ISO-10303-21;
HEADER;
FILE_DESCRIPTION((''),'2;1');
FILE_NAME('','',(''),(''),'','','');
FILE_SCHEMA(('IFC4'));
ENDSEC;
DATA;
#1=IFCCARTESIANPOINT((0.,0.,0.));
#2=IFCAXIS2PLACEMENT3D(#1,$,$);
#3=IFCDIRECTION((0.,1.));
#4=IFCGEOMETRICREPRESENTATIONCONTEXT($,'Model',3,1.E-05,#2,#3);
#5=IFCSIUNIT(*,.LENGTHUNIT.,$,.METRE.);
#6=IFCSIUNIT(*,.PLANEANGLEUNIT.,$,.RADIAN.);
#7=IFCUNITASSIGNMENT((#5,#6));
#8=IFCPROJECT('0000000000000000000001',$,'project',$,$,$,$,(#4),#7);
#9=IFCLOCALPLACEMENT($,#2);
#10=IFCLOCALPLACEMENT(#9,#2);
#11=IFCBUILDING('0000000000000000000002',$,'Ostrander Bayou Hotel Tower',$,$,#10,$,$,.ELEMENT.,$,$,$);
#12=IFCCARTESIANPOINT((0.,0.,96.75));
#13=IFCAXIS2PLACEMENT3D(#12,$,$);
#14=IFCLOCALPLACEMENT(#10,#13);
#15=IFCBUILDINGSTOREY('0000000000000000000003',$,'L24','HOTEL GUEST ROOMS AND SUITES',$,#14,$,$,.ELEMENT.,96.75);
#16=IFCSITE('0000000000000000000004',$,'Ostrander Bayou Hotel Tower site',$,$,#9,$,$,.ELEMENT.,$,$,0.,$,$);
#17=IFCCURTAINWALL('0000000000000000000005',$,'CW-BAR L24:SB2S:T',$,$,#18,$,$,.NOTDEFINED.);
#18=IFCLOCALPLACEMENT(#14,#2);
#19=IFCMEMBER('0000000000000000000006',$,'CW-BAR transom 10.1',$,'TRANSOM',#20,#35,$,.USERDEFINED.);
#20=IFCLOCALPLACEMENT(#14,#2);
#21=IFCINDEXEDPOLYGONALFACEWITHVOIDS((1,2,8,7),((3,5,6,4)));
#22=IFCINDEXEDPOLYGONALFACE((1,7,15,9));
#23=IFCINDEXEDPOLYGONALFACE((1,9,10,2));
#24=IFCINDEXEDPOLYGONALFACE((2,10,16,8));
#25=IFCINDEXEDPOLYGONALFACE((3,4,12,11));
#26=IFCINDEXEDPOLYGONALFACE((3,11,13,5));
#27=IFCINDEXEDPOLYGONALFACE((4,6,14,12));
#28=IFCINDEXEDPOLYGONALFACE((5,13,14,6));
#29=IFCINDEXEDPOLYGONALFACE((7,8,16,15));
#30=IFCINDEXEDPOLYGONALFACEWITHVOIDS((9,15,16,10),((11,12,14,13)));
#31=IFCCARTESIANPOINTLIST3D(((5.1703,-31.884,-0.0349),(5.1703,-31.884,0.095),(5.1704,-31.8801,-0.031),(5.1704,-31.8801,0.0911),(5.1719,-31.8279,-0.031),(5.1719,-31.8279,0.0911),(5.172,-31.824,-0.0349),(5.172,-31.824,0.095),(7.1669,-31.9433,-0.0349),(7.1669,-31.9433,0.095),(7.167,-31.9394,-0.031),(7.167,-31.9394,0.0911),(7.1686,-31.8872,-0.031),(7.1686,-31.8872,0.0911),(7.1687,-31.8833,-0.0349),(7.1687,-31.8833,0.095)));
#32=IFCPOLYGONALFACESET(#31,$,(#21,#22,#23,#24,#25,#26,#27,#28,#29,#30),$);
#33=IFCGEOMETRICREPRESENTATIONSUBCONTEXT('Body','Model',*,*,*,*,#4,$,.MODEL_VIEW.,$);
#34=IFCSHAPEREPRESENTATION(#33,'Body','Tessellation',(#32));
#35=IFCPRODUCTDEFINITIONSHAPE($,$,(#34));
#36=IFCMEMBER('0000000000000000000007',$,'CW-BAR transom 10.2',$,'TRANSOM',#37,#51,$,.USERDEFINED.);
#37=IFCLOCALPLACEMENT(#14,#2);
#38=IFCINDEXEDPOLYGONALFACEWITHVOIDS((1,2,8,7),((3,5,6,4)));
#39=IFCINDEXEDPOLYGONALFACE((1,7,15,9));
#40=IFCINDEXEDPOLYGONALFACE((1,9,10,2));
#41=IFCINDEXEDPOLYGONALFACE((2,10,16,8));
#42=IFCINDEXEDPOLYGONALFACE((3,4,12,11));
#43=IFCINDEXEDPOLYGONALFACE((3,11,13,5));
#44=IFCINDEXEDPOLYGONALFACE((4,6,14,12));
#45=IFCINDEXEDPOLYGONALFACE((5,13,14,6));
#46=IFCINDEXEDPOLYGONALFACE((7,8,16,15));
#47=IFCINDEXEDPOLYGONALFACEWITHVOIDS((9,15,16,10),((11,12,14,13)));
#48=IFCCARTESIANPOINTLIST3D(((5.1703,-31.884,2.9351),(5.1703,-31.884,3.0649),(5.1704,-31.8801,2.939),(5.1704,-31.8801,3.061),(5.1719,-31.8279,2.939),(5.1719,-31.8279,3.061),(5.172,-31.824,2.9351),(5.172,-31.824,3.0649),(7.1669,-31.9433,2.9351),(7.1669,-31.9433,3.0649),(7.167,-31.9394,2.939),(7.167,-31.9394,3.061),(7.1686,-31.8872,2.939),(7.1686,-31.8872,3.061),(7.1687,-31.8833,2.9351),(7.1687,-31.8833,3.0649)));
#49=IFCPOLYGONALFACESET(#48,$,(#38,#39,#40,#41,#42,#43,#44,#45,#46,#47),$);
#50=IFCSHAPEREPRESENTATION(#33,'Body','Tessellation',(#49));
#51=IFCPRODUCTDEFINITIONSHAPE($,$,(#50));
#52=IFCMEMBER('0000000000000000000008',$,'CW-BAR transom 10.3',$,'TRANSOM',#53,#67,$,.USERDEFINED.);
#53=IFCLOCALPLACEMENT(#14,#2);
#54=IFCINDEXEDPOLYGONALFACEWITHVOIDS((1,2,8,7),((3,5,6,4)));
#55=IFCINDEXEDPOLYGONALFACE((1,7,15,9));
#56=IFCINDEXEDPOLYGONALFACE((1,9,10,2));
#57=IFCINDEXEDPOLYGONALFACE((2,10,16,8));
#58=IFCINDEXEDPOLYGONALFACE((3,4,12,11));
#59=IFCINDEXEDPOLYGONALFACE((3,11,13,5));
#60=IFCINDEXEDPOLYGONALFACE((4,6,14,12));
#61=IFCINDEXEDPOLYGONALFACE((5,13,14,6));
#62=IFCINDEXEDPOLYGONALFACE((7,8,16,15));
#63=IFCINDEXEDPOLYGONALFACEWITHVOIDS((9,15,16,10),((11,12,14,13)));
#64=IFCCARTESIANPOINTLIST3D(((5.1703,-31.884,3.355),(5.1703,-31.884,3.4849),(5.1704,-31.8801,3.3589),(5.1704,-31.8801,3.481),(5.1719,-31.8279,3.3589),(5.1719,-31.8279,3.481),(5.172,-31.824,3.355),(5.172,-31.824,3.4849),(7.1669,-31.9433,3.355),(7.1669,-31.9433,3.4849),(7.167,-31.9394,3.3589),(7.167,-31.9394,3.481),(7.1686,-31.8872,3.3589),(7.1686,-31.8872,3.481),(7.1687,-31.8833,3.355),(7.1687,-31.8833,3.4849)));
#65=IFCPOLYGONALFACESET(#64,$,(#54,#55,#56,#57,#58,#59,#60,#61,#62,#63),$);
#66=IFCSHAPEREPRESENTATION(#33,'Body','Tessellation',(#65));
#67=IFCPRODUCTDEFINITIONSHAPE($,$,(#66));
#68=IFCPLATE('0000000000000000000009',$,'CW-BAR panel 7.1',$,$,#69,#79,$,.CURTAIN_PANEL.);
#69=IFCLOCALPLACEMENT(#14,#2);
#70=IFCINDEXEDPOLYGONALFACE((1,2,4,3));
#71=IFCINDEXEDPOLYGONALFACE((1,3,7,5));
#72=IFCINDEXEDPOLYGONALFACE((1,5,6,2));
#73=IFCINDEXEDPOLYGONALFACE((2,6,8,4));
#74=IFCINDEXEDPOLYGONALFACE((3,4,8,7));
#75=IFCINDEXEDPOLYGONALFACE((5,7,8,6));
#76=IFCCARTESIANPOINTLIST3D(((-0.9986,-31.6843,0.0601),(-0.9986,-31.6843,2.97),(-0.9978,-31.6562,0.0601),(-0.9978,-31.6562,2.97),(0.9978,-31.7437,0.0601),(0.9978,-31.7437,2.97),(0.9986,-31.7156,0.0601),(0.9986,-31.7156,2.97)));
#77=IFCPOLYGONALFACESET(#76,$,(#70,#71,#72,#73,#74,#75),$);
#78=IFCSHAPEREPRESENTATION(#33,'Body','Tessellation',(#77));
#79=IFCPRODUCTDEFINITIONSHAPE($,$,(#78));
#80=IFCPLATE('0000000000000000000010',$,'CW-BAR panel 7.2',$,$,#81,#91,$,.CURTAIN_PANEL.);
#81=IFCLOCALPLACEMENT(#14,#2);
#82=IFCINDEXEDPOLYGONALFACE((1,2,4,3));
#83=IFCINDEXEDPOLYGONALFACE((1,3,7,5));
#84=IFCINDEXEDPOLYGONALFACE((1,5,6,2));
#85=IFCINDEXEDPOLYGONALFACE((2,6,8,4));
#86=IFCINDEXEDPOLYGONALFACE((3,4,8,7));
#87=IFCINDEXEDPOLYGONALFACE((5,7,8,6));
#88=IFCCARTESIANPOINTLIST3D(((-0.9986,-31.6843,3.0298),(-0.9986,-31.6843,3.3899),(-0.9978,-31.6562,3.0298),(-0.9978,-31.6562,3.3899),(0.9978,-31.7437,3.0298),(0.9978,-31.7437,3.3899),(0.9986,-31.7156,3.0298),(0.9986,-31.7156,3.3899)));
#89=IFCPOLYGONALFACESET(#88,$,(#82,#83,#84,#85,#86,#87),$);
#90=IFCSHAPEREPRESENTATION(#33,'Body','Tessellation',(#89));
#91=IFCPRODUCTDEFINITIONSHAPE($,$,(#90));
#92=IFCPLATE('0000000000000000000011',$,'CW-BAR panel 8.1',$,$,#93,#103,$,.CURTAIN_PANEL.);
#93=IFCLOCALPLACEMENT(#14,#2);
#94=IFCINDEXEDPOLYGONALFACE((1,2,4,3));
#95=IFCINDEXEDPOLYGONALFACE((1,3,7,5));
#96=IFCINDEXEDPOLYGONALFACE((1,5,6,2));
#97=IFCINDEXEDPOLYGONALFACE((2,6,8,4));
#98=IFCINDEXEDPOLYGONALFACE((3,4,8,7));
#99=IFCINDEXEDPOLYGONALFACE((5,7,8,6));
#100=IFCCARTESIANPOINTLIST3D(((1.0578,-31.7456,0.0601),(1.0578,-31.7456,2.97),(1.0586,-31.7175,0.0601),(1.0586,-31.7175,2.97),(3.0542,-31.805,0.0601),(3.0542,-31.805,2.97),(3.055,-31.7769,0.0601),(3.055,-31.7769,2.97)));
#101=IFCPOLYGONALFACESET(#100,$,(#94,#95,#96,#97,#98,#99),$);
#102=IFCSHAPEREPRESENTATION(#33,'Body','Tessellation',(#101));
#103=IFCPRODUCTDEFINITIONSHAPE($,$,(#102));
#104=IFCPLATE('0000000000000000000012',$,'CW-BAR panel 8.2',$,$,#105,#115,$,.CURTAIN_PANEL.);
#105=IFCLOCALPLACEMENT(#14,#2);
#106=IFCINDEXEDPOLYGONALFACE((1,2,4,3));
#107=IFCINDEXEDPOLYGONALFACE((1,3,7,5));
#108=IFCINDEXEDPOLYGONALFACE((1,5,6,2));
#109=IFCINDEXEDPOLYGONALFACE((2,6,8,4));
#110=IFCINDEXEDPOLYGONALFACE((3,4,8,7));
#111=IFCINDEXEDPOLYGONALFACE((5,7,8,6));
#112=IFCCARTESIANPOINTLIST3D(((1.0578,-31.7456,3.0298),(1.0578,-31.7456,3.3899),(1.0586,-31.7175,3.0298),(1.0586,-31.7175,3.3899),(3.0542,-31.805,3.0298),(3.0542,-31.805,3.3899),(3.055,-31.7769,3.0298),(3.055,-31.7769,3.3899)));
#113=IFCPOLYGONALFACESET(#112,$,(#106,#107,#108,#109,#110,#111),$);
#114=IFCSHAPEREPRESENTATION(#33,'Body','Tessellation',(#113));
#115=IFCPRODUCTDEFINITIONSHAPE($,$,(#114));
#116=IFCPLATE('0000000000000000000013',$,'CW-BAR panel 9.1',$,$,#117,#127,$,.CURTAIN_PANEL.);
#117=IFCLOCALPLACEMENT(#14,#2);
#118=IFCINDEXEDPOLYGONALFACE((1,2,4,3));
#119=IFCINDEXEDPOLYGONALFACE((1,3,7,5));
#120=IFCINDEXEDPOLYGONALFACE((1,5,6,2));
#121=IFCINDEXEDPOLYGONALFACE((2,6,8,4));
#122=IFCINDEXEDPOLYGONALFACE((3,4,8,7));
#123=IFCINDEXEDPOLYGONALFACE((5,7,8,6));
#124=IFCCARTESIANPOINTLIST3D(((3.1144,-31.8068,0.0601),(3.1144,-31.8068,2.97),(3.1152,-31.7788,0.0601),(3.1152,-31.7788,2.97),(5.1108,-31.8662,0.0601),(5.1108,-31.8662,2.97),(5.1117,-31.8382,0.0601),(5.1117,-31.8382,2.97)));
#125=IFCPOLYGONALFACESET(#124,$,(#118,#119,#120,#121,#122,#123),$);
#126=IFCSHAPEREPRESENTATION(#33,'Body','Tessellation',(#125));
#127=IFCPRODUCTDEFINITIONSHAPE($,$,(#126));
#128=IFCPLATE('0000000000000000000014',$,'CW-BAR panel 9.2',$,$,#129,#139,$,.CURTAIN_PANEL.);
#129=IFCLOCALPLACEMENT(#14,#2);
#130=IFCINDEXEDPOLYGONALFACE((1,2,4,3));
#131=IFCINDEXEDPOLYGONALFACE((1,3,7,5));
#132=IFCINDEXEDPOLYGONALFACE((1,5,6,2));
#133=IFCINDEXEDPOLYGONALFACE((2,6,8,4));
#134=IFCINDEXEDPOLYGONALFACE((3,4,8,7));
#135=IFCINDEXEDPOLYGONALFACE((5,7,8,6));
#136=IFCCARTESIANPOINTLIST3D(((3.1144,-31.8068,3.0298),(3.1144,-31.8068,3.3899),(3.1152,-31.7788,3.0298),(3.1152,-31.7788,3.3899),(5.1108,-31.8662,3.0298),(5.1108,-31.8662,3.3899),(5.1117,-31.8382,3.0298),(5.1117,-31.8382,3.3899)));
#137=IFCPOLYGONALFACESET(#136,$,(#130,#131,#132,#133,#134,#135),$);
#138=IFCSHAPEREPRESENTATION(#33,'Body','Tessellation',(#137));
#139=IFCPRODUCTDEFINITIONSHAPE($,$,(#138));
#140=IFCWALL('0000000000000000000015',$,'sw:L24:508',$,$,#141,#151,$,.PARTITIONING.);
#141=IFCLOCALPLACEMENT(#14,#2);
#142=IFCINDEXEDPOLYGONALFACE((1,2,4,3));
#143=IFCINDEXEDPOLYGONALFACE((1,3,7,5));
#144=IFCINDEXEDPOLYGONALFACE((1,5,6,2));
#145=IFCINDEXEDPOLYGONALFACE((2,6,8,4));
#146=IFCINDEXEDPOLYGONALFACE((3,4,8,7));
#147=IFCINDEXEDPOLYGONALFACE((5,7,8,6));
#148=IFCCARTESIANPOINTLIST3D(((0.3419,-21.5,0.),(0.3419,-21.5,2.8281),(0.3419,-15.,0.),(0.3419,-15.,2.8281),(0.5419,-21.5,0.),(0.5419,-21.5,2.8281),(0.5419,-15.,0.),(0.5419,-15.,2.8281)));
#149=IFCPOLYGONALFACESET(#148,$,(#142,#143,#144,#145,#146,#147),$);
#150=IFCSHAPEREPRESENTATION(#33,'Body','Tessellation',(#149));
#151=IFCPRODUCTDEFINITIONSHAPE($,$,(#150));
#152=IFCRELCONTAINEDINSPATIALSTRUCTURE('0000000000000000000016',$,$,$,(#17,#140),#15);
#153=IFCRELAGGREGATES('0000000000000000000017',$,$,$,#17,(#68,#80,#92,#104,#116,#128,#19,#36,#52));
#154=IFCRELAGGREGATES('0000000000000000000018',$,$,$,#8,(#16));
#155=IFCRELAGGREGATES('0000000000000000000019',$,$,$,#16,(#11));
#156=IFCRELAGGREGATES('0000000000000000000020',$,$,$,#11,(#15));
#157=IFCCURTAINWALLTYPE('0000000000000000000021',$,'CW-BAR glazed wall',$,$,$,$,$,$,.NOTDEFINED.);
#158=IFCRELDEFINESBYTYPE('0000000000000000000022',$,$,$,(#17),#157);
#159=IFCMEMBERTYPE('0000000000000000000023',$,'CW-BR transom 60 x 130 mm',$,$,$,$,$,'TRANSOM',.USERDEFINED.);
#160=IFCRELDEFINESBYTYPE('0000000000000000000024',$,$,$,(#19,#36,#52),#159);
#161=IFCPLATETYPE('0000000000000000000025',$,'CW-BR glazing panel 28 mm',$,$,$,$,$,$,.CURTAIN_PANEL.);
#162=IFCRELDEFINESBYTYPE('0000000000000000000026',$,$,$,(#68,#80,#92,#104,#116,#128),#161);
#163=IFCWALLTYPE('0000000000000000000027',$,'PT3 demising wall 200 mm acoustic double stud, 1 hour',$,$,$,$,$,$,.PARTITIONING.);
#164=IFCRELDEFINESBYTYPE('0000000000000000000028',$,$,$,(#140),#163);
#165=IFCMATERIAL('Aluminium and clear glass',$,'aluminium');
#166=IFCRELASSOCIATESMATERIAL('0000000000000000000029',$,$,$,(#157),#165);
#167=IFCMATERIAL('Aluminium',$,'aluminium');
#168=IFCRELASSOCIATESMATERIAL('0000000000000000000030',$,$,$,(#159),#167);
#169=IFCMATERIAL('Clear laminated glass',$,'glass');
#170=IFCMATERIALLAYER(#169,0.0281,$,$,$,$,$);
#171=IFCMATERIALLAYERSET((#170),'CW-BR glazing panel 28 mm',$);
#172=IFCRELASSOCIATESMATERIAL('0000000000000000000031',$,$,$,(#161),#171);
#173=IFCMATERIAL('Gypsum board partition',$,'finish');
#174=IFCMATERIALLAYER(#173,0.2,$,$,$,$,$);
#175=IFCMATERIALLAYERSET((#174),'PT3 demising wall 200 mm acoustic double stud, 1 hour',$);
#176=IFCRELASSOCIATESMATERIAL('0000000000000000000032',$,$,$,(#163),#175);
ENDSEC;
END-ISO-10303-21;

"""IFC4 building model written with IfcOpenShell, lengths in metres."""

from ifc_helpers import new_model, si_unit, direction, frame, frame_2d, origin, origin_2d, place, context, subcontext, project, spatial, rectangle, hollow_rectangle, extrude, material, layer, layer_set, material_profile, profile_set, type_object, element, aggregate, save


model = new_model("IFC4")

# Units and contexts
model_context = context("Model", 3, precision=1e-05, world=origin(), true_north=direction((0.0, 1.0)))
body_context = subcontext(model_context, "Body", "Model", "MODEL_VIEW")
ifc_project = project(units=[si_unit("LENGTHUNIT", "METRE"), si_unit("PLANEANGLEUNIT", "RADIAN")], contexts=[model_context])

# Site, building, storey
site_placement = place(None, origin())
site = spatial("IfcSite", under=ifc_project, at=site_placement, Name="Ostrander Bayou Hotel Tower site", CompositionType="ELEMENT", RefElevation=0.0)
building_placement = place(site_placement, origin())
building = spatial("IfcBuilding", under=site, at=building_placement, Name="Ostrander Bayou Hotel Tower", CompositionType="ELEMENT")
storey_placement = place(building_placement, frame((0.0, 0.0, 96.75)))
storey = spatial("IfcBuildingStorey", under=building, at=storey_placement, Name="L24", Description="HOTEL GUEST ROOMS AND SUITES", CompositionType="ELEMENT", Elevation=96.75)

# Curtain wall, members, plates
ifc_material_1 = material(Name="Aluminium and clear glass", Category="aluminium")
curtain_wall_type = type_object("IfcCurtainWallType", Name="CW-BAR glazed wall", PredefinedType="NOTDEFINED", material=ifc_material_1)
curtain_wall_placement = place(storey_placement, origin())
curtain_wall = element("IfcCurtainWall", 1, at=curtain_wall_placement, inside=storey, type_object=curtain_wall_type, Name="CW-BAR L24:SB2S:T", PredefinedType="NOTDEFINED")
ifc_material_2 = material(Name="Aluminium", Category="aluminium")
ifc_material_profile_1 = material_profile(ifc_material_2, hollow_rectangle(XDim=0.0601, YDim=0.1299, WallThickness=0.0039, at=origin_2d()))
ifc_profile_set_1 = profile_set([ifc_material_profile_1], Name="Aluminium")
member_type_1 = type_object("IfcMemberType", Name="CW-BR transom 60 x 130 mm", ElementType="TRANSOM", PredefinedType="USERDEFINED", material=ifc_profile_set_1)
member_1_placement = place(storey_placement, frame((5.1711, -31.854, 0.03), z_axis=(0.999559, -0.029701, 0.0), x_axis=(0.029701, 0.999559, 0.0)))
member_1 = element("IfcMember", 2, at=member_1_placement, type_object=member_type_1, Name="CW-BAR transom 10.1", ObjectType="TRANSOM", PredefinedType="USERDEFINED", context=body_context, shape_type="SweptSolid", body=[
    extrude(hollow_rectangle(XDim=0.0601, YDim=0.1299, WallThickness=0.0039, at=origin_2d()), origin(), (0.0, 0.0, 1.0), 1.9976),
])
member_2_placement = place(storey_placement, frame((5.1711, -31.854, 3.0), z_axis=(0.999559, -0.029701, 0.0), x_axis=(0.029701, 0.999559, 0.0)))
member_2 = element("IfcMember", 3, at=member_2_placement, type_object=member_type_1, Name="CW-BAR transom 10.2", ObjectType="TRANSOM", PredefinedType="USERDEFINED", context=body_context, shape_type="SweptSolid", body=[
    extrude(hollow_rectangle(XDim=0.0601, YDim=0.1299, WallThickness=0.0039, at=origin_2d()), origin(), (0.0, 0.0, 1.0), 1.9976),
])
member_3_placement = place(storey_placement, frame((5.1711, -31.854, 3.4199), z_axis=(0.999559, -0.029701, 0.0), x_axis=(0.029701, 0.999559, 0.0)))
member_3 = element("IfcMember", 4, at=member_3_placement, type_object=member_type_1, Name="CW-BAR transom 10.3", ObjectType="TRANSOM", PredefinedType="USERDEFINED", context=body_context, shape_type="SweptSolid", body=[
    extrude(hollow_rectangle(XDim=0.0601, YDim=0.1299, WallThickness=0.0039, at=origin_2d()), origin(), (0.0, 0.0, 1.0), 1.9976),
])
ifc_material_3 = material(Name="Clear laminated glass", Category="glass")
ifc_layer_1 = layer(ifc_material_3, 0.0281)
ifc_layer_set_1 = layer_set([ifc_layer_1], Name="CW-BR glazing panel 28 mm")
plate_type = type_object("IfcPlateType", Name="CW-BR glazing panel 28 mm", PredefinedType="CURTAIN_PANEL", material=ifc_layer_set_1)
plate_1_placement = place(storey_placement, frame((0.0, -31.7, 0.0601), z_axis=(0.0, 0.0, 1.0), x_axis=(0.999557, -0.029746, 0.0)))
plate_1 = element("IfcPlate", 5, at=plate_1_placement, type_object=plate_type, Name="CW-BAR panel 7.1", PredefinedType="CURTAIN_PANEL", context=body_context, shape_type="SweptSolid", body=[
    extrude(rectangle(XDim=1.9973, YDim=0.0281, at=origin_2d()), origin(), (0.0, 0.0, 1.0), 2.9099),
])
plate_2_placement = place(storey_placement, frame((0.0, -31.7, 3.0298), z_axis=(0.0, 0.0, 1.0), x_axis=(0.999557, -0.029746, 0.0)))
plate_2 = element("IfcPlate", 6, at=plate_2_placement, type_object=plate_type, Name="CW-BAR panel 7.2", PredefinedType="CURTAIN_PANEL", context=body_context, shape_type="SweptSolid", body=[
    extrude(rectangle(XDim=1.9973, YDim=0.0281, at=origin_2d()), origin(), (0.0, 0.0, 1.0), 0.3601),
])
plate_3_placement = place(storey_placement, frame((2.0564, -31.7612, 0.0601), z_axis=(0.0, 0.0, 1.0), x_axis=(0.999557, -0.029746, 0.0)))
plate_3 = element("IfcPlate", 7, at=plate_3_placement, type_object=plate_type, Name="CW-BAR panel 8.1", PredefinedType="CURTAIN_PANEL", context=body_context, shape_type="SweptSolid", body=[
    extrude(rectangle(XDim=1.9973, YDim=0.0281, at=origin_2d()), origin(), (0.0, 0.0, 1.0), 2.9099),
])
plate_4_placement = place(storey_placement, frame((2.0564, -31.7612, 3.0298), z_axis=(0.0, 0.0, 1.0), x_axis=(0.999557, -0.029746, 0.0)))
plate_4 = element("IfcPlate", 8, at=plate_4_placement, type_object=plate_type, Name="CW-BAR panel 8.2", PredefinedType="CURTAIN_PANEL", context=body_context, shape_type="SweptSolid", body=[
    extrude(rectangle(XDim=1.9973, YDim=0.0281, at=origin_2d()), origin(), (0.0, 0.0, 1.0), 0.3601),
])
plate_5_placement = place(storey_placement, frame((4.113, -31.8225, 0.0601), z_axis=(0.0, 0.0, 1.0), x_axis=(0.999557, -0.029746, 0.0)))
plate_5 = element("IfcPlate", 9, at=plate_5_placement, type_object=plate_type, Name="CW-BAR panel 9.1", PredefinedType="CURTAIN_PANEL", context=body_context, shape_type="SweptSolid", body=[
    extrude(rectangle(XDim=1.9973, YDim=0.0281, at=origin_2d()), origin(), (0.0, 0.0, 1.0), 2.9099),
])
plate_6_placement = place(storey_placement, frame((4.113, -31.8225, 3.0298), z_axis=(0.0, 0.0, 1.0), x_axis=(0.999557, -0.029746, 0.0)))
plate_6 = element("IfcPlate", 10, at=plate_6_placement, type_object=plate_type, Name="CW-BAR panel 9.2", PredefinedType="CURTAIN_PANEL", context=body_context, shape_type="SweptSolid", body=[
    extrude(rectangle(XDim=1.9973, YDim=0.0281, at=origin_2d()), origin(), (0.0, 0.0, 1.0), 0.3601),
])
aggregate(curtain_wall, [plate_1, plate_2, plate_3, plate_4, plate_5, plate_6, member_1, member_2, member_3])

# Wall
ifc_material_4 = material(Name="Gypsum board partition", Category="finish")
ifc_layer_2 = layer(ifc_material_4, 0.2)
ifc_layer_set_2 = layer_set([ifc_layer_2], Name="PT3 demising wall 200 mm acoustic double stud, 1 hour")
wall_type = type_object("IfcWallType", Name="PT3 demising wall 200 mm acoustic double stud, 1 hour", PredefinedType="PARTITIONING", material=ifc_layer_set_2)
wall_placement = place(storey_placement, frame((0.4419, -21.5, 0.0), z_axis=(0.0, 0.0, 1.0), x_axis=(0.0, 1.0, 0.0)))
element("IfcWall", 11, at=wall_placement, inside=storey, type_object=wall_type, Name="sw:L24:508", PredefinedType="PARTITIONING", context=body_context, shape_type="SweptSolid", body=[
    extrude(rectangle(XDim=6.5, YDim=0.2, at=frame_2d((3.25, 0.0))), origin(), (0.0, 0.0, 1.0), 2.8281),
])

save(model, "model.ifc")
